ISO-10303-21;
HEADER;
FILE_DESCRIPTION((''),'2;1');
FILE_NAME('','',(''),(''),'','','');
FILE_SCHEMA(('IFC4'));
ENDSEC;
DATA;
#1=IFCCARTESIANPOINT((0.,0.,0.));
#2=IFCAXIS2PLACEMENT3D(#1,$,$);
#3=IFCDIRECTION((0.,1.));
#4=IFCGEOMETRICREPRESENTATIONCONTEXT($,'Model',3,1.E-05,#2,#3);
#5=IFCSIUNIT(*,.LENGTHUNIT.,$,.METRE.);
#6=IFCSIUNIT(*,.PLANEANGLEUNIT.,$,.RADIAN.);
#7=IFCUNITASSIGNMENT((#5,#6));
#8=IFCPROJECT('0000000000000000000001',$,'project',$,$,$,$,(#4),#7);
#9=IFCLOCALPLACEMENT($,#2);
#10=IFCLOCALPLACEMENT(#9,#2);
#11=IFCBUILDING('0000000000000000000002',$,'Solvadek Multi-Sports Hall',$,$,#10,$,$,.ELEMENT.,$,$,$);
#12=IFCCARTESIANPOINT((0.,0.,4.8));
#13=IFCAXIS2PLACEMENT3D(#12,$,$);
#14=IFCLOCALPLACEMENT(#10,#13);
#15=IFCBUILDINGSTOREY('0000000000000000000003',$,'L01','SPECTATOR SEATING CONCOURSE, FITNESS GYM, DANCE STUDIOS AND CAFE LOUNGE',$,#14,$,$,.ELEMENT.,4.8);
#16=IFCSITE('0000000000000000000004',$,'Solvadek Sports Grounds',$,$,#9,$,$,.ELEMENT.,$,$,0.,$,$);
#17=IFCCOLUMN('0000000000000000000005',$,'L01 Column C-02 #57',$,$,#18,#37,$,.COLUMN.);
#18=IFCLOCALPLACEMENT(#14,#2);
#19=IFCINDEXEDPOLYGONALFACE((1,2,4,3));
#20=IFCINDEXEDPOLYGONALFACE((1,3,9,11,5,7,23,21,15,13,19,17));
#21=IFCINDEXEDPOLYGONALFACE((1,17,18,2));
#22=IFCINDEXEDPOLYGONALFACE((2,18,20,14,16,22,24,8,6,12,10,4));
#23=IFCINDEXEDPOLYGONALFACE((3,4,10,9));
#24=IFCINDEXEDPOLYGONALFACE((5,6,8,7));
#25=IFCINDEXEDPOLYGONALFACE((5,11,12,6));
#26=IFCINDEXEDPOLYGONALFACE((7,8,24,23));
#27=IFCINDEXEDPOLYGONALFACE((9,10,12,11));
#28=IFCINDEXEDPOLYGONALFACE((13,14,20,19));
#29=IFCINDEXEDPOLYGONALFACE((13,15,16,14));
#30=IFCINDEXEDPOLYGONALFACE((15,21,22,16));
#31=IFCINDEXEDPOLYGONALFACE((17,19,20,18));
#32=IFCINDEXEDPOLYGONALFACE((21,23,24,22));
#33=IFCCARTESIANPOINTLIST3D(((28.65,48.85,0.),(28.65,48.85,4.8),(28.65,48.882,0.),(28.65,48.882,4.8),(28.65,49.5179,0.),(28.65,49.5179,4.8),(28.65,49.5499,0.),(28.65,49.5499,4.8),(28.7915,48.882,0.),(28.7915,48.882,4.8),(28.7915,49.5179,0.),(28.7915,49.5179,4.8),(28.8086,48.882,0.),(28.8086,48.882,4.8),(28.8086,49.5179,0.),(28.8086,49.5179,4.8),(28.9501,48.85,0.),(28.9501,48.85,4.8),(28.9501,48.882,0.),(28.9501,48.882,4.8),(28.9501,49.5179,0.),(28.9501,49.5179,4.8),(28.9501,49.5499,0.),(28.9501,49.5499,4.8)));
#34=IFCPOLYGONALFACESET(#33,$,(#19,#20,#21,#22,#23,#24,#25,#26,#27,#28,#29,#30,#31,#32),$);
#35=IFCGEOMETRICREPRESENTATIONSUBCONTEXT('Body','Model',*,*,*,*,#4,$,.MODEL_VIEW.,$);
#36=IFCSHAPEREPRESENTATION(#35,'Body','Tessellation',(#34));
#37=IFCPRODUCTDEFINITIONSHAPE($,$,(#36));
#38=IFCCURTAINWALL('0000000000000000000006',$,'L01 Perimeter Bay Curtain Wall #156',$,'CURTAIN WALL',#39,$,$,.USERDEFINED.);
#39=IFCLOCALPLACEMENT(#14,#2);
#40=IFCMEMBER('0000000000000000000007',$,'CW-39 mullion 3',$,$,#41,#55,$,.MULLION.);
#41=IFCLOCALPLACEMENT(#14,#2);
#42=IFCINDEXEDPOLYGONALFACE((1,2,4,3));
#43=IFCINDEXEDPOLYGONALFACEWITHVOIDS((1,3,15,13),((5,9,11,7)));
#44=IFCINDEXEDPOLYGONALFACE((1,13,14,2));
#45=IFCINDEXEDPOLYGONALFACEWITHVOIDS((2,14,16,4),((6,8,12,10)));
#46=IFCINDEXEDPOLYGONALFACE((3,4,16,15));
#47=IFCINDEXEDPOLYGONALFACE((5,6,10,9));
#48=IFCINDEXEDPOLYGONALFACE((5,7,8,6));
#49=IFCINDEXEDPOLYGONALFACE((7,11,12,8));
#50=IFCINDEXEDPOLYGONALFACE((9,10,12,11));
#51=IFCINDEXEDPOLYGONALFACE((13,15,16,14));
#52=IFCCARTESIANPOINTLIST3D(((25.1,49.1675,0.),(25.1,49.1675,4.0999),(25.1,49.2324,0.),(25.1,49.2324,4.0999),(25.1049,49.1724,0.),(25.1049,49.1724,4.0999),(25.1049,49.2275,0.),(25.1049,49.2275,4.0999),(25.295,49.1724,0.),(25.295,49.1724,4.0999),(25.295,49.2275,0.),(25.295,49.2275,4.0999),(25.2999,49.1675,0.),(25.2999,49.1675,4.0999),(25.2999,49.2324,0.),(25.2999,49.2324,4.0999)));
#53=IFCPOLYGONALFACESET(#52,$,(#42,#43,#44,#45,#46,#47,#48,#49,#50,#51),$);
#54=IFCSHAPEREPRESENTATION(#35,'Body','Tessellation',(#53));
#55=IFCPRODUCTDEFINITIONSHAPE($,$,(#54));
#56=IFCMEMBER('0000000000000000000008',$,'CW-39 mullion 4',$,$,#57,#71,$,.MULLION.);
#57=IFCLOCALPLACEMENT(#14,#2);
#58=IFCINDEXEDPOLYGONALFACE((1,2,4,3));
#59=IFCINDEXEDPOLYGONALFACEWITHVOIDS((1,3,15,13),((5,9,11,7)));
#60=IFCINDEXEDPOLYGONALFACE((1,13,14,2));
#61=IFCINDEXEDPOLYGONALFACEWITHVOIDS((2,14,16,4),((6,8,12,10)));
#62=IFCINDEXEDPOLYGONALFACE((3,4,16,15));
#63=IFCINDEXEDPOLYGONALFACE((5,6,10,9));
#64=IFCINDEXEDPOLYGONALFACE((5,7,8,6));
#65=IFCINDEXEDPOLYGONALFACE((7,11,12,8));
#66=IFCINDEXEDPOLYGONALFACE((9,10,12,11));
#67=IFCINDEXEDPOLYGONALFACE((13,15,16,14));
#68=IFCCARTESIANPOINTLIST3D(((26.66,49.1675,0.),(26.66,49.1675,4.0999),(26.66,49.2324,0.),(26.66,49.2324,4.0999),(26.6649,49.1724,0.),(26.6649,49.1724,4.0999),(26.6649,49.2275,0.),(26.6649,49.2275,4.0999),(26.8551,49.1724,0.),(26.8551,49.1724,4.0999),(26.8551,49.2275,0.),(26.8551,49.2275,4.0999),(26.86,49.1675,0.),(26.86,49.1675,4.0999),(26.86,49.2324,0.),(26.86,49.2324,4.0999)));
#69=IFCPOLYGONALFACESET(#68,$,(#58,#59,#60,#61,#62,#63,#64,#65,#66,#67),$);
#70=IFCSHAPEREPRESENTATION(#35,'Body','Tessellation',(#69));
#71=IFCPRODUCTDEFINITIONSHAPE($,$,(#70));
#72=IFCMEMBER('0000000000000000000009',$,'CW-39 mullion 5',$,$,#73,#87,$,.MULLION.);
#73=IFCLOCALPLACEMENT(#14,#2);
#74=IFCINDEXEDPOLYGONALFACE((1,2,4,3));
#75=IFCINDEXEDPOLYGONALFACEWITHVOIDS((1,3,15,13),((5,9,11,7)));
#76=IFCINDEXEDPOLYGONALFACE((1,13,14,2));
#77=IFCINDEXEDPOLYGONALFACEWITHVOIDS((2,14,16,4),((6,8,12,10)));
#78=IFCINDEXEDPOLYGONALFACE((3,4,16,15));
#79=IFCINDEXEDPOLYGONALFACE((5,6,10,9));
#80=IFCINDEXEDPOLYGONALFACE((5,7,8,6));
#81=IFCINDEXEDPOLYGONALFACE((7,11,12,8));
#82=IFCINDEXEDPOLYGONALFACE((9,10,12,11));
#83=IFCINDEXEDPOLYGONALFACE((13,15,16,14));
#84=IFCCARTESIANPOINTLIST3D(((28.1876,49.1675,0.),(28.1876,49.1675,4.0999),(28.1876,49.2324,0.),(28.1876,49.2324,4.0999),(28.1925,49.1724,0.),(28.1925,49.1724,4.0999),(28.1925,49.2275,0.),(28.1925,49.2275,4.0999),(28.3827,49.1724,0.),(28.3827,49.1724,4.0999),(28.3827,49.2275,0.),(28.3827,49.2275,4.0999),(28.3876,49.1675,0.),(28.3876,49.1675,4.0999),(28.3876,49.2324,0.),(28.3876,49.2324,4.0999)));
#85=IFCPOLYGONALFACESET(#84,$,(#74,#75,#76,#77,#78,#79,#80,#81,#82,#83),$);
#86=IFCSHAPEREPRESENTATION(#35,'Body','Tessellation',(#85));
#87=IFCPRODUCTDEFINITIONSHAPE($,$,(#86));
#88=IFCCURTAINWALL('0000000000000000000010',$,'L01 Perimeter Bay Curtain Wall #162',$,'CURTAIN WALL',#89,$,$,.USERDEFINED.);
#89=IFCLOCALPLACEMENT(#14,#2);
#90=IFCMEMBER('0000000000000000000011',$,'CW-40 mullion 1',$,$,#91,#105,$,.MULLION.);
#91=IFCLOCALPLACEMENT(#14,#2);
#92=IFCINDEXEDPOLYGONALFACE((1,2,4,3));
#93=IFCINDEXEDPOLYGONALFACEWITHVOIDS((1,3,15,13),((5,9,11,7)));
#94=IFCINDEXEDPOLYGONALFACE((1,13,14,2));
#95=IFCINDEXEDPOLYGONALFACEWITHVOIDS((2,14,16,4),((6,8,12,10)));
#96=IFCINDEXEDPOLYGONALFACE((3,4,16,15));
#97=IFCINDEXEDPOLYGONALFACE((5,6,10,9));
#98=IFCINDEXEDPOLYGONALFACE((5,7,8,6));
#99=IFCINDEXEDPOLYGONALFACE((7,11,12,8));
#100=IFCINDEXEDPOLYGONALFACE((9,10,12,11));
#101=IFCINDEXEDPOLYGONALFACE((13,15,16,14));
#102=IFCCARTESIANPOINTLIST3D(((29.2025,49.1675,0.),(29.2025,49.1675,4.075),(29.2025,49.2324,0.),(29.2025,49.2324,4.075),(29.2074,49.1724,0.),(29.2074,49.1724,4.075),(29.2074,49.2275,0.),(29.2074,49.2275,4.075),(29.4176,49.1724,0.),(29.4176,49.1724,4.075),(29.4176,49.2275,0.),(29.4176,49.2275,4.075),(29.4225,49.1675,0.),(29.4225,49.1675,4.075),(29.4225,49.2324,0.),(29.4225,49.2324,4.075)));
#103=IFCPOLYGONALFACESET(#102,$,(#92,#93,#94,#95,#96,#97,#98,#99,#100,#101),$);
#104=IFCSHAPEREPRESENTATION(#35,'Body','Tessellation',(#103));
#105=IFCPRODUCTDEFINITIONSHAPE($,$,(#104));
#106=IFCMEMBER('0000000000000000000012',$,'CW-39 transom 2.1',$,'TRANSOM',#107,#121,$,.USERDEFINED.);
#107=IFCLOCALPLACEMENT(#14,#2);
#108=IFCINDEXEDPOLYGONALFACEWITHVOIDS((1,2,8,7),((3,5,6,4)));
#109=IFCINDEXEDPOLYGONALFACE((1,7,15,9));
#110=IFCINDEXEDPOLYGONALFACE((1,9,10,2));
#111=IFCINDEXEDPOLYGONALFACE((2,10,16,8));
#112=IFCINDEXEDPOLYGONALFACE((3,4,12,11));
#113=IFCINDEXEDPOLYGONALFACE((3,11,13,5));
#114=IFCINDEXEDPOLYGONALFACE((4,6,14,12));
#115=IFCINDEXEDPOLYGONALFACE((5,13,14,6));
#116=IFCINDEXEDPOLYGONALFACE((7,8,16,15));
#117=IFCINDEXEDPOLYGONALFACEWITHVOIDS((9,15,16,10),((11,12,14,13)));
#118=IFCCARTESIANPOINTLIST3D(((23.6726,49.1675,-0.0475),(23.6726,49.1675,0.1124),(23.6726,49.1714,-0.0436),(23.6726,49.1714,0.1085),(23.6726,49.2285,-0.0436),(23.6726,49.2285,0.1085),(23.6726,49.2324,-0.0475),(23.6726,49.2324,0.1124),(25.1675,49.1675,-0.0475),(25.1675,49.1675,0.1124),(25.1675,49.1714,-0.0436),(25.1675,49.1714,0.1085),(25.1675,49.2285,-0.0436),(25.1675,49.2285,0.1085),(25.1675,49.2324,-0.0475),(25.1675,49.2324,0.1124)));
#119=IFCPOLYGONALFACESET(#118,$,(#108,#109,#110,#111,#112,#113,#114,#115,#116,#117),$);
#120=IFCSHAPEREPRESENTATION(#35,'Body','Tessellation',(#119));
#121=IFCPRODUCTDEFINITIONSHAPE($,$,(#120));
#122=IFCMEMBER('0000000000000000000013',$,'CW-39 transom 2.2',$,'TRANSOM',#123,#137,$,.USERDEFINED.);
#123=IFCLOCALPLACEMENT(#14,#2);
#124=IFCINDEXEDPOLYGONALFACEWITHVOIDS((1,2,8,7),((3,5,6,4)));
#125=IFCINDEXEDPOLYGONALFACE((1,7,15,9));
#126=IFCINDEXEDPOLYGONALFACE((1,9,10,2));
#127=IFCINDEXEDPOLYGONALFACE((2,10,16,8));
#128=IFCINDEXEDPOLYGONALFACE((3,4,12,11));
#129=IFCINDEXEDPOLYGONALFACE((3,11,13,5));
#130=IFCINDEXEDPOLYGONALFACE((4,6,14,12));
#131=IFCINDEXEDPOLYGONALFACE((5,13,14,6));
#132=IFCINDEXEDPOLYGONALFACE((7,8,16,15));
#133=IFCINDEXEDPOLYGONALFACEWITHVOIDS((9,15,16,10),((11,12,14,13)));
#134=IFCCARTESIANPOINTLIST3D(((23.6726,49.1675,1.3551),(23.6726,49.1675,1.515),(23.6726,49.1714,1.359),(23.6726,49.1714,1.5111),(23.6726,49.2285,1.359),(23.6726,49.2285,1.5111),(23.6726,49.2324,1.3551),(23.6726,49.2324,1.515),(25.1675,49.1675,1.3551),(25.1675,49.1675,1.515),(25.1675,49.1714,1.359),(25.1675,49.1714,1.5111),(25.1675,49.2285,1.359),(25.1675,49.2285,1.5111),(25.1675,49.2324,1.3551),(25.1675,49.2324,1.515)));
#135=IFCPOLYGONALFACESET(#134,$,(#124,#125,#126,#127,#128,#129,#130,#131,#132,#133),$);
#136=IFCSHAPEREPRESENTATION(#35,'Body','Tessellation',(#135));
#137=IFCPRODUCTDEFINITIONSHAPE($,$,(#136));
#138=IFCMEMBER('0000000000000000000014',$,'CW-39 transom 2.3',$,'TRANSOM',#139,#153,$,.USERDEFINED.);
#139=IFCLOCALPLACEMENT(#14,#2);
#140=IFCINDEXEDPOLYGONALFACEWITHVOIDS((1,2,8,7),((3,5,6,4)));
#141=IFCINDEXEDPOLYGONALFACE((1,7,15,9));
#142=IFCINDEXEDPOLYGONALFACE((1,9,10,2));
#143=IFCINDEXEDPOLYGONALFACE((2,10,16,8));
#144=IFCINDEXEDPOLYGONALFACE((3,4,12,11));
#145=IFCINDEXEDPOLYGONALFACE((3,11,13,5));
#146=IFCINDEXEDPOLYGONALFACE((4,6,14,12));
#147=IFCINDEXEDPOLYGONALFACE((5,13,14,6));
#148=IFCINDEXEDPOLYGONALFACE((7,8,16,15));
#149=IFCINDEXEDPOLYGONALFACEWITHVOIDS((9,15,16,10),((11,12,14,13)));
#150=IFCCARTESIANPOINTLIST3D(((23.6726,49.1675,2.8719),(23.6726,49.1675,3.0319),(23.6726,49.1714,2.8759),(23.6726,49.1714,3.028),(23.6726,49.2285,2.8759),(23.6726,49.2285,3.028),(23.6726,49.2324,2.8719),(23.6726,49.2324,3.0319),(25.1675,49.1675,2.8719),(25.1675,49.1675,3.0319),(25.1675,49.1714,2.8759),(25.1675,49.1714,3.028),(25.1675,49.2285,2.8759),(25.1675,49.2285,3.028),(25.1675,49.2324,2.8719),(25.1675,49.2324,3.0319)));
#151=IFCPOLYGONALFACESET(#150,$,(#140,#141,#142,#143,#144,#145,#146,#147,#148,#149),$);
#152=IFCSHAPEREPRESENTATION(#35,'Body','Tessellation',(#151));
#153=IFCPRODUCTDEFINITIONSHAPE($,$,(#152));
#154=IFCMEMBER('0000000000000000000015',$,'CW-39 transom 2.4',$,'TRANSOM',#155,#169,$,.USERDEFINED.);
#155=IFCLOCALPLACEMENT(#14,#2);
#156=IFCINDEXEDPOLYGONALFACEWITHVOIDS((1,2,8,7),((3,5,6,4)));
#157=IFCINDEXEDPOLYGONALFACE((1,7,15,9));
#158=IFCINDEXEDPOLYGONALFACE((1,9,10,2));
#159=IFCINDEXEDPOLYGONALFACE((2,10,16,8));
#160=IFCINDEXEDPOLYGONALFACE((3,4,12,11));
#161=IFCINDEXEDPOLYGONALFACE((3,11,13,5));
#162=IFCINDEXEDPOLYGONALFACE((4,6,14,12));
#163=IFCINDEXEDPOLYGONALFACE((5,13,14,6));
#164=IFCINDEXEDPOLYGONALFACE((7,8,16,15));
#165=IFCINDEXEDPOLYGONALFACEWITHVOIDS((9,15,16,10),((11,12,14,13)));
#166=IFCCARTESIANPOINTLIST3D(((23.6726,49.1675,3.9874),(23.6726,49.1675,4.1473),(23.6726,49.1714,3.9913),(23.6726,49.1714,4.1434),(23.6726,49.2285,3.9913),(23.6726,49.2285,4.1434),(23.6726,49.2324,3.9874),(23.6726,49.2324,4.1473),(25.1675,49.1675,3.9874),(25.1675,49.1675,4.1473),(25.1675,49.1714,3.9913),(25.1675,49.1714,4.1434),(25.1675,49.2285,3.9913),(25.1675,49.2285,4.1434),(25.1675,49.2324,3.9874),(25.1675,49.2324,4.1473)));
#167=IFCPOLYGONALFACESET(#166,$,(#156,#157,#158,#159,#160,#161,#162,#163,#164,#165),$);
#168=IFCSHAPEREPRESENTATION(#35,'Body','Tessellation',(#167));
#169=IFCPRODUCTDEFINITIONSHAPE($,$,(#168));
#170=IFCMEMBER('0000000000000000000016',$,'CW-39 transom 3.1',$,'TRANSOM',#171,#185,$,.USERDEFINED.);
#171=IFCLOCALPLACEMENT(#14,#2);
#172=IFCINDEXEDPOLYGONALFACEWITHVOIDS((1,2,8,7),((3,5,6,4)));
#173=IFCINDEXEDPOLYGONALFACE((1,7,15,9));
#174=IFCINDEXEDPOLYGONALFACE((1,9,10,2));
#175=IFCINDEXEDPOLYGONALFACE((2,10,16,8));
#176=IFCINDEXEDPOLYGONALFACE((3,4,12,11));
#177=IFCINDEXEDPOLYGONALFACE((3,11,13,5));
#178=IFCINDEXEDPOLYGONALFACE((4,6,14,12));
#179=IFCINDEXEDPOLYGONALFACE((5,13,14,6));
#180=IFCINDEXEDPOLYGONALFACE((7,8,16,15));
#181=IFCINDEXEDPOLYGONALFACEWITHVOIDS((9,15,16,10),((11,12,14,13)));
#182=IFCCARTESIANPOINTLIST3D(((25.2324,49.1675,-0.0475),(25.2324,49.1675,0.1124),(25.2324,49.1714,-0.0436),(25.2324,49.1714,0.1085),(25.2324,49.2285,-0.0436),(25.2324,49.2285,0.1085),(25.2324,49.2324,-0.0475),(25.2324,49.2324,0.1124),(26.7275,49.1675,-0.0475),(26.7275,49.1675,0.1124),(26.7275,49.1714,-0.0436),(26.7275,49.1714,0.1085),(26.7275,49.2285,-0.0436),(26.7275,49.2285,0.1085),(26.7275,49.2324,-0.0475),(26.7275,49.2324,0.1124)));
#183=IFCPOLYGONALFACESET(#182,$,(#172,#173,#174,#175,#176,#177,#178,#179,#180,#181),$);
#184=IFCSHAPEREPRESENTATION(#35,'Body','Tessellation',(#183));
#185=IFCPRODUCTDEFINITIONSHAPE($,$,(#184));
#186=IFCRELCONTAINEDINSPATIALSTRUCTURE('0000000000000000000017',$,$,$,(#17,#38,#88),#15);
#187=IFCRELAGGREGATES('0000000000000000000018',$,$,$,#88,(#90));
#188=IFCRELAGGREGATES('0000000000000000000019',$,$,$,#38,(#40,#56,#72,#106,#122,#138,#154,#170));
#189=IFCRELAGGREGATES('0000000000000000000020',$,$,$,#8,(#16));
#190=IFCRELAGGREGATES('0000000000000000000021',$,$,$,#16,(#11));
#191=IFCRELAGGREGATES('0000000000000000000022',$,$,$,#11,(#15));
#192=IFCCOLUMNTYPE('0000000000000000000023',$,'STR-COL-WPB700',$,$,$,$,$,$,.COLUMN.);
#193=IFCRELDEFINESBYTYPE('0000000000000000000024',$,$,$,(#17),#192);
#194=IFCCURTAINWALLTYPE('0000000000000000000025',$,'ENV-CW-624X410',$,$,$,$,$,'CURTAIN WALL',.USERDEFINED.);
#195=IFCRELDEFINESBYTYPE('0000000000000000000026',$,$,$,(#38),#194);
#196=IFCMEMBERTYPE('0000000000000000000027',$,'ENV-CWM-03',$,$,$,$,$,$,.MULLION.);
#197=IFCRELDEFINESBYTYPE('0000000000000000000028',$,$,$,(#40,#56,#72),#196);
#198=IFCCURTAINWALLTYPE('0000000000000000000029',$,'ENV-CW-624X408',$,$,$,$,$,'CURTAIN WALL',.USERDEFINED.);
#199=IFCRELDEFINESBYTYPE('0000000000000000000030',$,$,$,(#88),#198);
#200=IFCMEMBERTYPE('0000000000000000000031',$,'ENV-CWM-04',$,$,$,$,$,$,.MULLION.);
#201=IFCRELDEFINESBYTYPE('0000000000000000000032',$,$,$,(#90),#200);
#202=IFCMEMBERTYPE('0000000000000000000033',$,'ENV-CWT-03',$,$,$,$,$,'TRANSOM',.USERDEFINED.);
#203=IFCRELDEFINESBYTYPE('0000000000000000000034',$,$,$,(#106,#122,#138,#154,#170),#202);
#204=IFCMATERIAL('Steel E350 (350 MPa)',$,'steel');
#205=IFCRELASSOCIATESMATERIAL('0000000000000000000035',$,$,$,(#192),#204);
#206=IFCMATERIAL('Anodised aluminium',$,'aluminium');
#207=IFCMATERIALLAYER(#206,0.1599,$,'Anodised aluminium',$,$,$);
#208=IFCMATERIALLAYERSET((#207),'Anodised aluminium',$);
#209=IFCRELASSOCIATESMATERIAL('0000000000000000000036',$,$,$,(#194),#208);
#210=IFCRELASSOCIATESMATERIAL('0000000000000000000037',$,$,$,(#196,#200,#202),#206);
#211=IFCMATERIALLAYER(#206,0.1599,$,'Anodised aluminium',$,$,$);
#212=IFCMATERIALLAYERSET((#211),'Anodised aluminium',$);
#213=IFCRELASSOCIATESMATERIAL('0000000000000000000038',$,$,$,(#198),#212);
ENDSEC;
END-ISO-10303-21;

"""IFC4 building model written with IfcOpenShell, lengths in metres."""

from ifc_helpers import new_model, si_unit, direction, frame, origin, origin_2d, place, context, subcontext, project, spatial, hollow_rectangle, i_section, extrude, material, layer, layer_set, material_profile, profile_set, type_object, element, aggregate, save


model = new_model("IFC4")

# Units and contexts
model_context = context("Model", 3, precision=1e-05, world=origin(), true_north=direction((0.0, 1.0)))
body_context = subcontext(model_context, "Body", "Model", "MODEL_VIEW")
ifc_project = project(units=[si_unit("LENGTHUNIT", "METRE"), si_unit("PLANEANGLEUNIT", "RADIAN")], contexts=[model_context])

# Site, building, storey
site_placement = place(None, origin())
site = spatial("IfcSite", under=ifc_project, at=site_placement, Name="Solvadek Sports Grounds", CompositionType="ELEMENT", RefElevation=0.0)
building_placement = place(site_placement, origin())
building = spatial("IfcBuilding", under=site, at=building_placement, Name="Solvadek Multi-Sports Hall", CompositionType="ELEMENT")
storey_placement = place(building_placement, frame((0.0, 0.0, 4.8)))
storey = spatial("IfcBuildingStorey", under=building, at=storey_placement, Name="L01", Description="SPECTATOR SEATING CONCOURSE, FITNESS GYM, DANCE STUDIOS AND CAFE LOUNGE", CompositionType="ELEMENT", Elevation=4.8)

# Column
ifc_material_1 = material(Name="Steel E350 (350 MPa)", Category="steel")
ifc_material_profile_1 = material_profile(ifc_material_1, i_section(OverallWidth=0.3, OverallDepth=0.7, WebThickness=0.0171, FlangeThickness=0.032, at=origin_2d()), Name="WPB 700")
ifc_profile_set_1 = profile_set([ifc_material_profile_1], Name="Steel E350 (350 MPa)")
column_type = type_object("IfcColumnType", Name="STR-COL-WPB700", PredefinedType="COLUMN", material=ifc_profile_set_1)
column_placement = place(storey_placement, frame((28.8, 49.2, 0.0), z_axis=(0.0, 0.0, 1.0), x_axis=(1.0, 0.0, 0.0)))
element("IfcColumn", 1, at=column_placement, inside=storey, type_object=column_type, Name="L01 Column C-02 #57", PredefinedType="COLUMN", context=body_context, shape_type="SweptSolid", body=[
    extrude(i_section(OverallWidth=0.3, OverallDepth=0.7, WebThickness=0.0171, FlangeThickness=0.032, at=origin_2d()), origin(), (0.0, 0.0, 1.0), 4.8),
])

# Curtain wall, members
ifc_material_2 = material(Name="Anodised aluminium", Category="aluminium")
ifc_layer_1 = layer(ifc_material_2, 0.1599, Name="Anodised aluminium")
ifc_layer_set_1 = layer_set([ifc_layer_1], Name="Anodised aluminium")
curtain_wall_type_1 = type_object("IfcCurtainWallType", Name="ENV-CW-624X410", ElementType="CURTAIN WALL", PredefinedType="USERDEFINED", material=ifc_layer_set_1)
curtain_wall_1_placement = place(storey_placement, origin())
curtain_wall_1 = element("IfcCurtainWall", 2, at=curtain_wall_1_placement, inside=storey, type_object=curtain_wall_type_1, Name="L01 Perimeter Bay Curtain Wall #156", ObjectType="CURTAIN WALL", PredefinedType="USERDEFINED")
ifc_material_profile_2 = material_profile(ifc_material_2, hollow_rectangle(XDim=0.0649, YDim=0.2, WallThickness=0.0049, at=origin_2d()), Name="ALU-M 200x65x5")
ifc_profile_set_2 = profile_set([ifc_material_profile_2], Name="Anodised aluminium")
member_type_1 = type_object("IfcMemberType", Name="ENV-CWM-03", PredefinedType="MULLION", material=ifc_profile_set_2)
member_1_placement = place(storey_placement, frame((25.2, 49.2, 0.0), z_axis=(0.0, 0.0, 1.0), x_axis=(0.0, 1.0, 0.0)))
member_1 = element("IfcMember", 3, at=member_1_placement, type_object=member_type_1, Name="CW-39 mullion 3", PredefinedType="MULLION", context=body_context, shape_type="SweptSolid", body=[
    extrude(hollow_rectangle(XDim=0.0649, YDim=0.2, WallThickness=0.0049, at=origin_2d()), origin(), (0.0, 0.0, 1.0), 4.0999),
])
member_2_placement = place(storey_placement, frame((26.76, 49.2, 0.0), z_axis=(0.0, 0.0, 1.0), x_axis=(0.0, 1.0, 0.0)))
member_2 = element("IfcMember", 4, at=member_2_placement, type_object=member_type_1, Name="CW-39 mullion 4", PredefinedType="MULLION", context=body_context, shape_type="SweptSolid", body=[
    extrude(hollow_rectangle(XDim=0.0649, YDim=0.2, WallThickness=0.0049, at=origin_2d()), origin(), (0.0, 0.0, 1.0), 4.0999),
])
member_3_placement = place(storey_placement, frame((28.2876, 49.2, 0.0), z_axis=(0.0, 0.0, 1.0), x_axis=(0.0, 1.0, 0.0)))
member_3 = element("IfcMember", 5, at=member_3_placement, type_object=member_type_1, Name="CW-39 mullion 5", PredefinedType="MULLION", context=body_context, shape_type="SweptSolid", body=[
    extrude(hollow_rectangle(XDim=0.0649, YDim=0.2, WallThickness=0.0049, at=origin_2d()), origin(), (0.0, 0.0, 1.0), 4.0999),
])

# Curtain wall, member
ifc_layer_2 = layer(ifc_material_2, 0.1599, Name="Anodised aluminium")
ifc_layer_set_2 = layer_set([ifc_layer_2], Name="Anodised aluminium")
curtain_wall_type_2 = type_object("IfcCurtainWallType", Name="ENV-CW-624X408", ElementType="CURTAIN WALL", PredefinedType="USERDEFINED", material=ifc_layer_set_2)
curtain_wall_2_placement = place(storey_placement, origin())
curtain_wall_2 = element("IfcCurtainWall", 6, at=curtain_wall_2_placement, inside=storey, type_object=curtain_wall_type_2, Name="L01 Perimeter Bay Curtain Wall #162", ObjectType="CURTAIN WALL", PredefinedType="USERDEFINED")
ifc_material_profile_3 = material_profile(ifc_material_2, hollow_rectangle(XDim=0.0649, YDim=0.22, WallThickness=0.0049, at=origin_2d()), Name="ALU-M 220x65x5")
ifc_profile_set_3 = profile_set([ifc_material_profile_3], Name="Anodised aluminium")
member_type_2 = type_object("IfcMemberType", Name="ENV-CWM-04", PredefinedType="MULLION", material=ifc_profile_set_3)
member_4_placement = place(storey_placement, frame((29.3125, 49.2, 0.0), z_axis=(0.0, 0.0, 1.0), x_axis=(0.0, 1.0, 0.0)))
member_4 = element("IfcMember", 7, at=member_4_placement, type_object=member_type_2, Name="CW-40 mullion 1", PredefinedType="MULLION", context=body_context, shape_type="SweptSolid", body=[
    extrude(hollow_rectangle(XDim=0.0649, YDim=0.22, WallThickness=0.0049, at=origin_2d()), origin(), (0.0, 0.0, 1.0), 4.075),
])
aggregate(curtain_wall_2, [member_4])

# Members
ifc_material_profile_4 = material_profile(ifc_material_2, hollow_rectangle(XDim=0.0649, YDim=0.1599, WallThickness=0.0039, at=origin_2d()), Name="ALU-T 160x65x4")
ifc_profile_set_4 = profile_set([ifc_material_profile_4], Name="Anodised aluminium")
member_type_3 = type_object("IfcMemberType", Name="ENV-CWT-03", ElementType="TRANSOM", PredefinedType="USERDEFINED", material=ifc_profile_set_4)
member_5_placement = place(storey_placement, frame((23.6726, 49.2, 0.0325), z_axis=(1.0, 0.0, 0.0), x_axis=(0.0, 1.0, 0.0)))
member_5 = element("IfcMember", 8, at=member_5_placement, type_object=member_type_3, Name="CW-39 transom 2.1", ObjectType="TRANSOM", PredefinedType="USERDEFINED", context=body_context, shape_type="SweptSolid", body=[
    extrude(hollow_rectangle(XDim=0.0649, YDim=0.1599, WallThickness=0.0039, at=origin_2d()), origin(), (0.0, 0.0, 1.0), 1.4949),
])
member_6_placement = place(storey_placement, frame((23.6726, 49.2, 1.4351), z_axis=(1.0, 0.0, 0.0), x_axis=(0.0, 1.0, 0.0)))
member_6 = element("IfcMember", 9, at=member_6_placement, type_object=member_type_3, Name="CW-39 transom 2.2", ObjectType="TRANSOM", PredefinedType="USERDEFINED", context=body_context, shape_type="SweptSolid", body=[
    extrude(hollow_rectangle(XDim=0.0649, YDim=0.1599, WallThickness=0.0039, at=origin_2d()), origin(), (0.0, 0.0, 1.0), 1.4949),
])
member_7_placement = place(storey_placement, frame((23.6726, 49.2, 2.9519), z_axis=(1.0, 0.0, 0.0), x_axis=(0.0, 1.0, 0.0)))
member_7 = element("IfcMember", 10, at=member_7_placement, type_object=member_type_3, Name="CW-39 transom 2.3", ObjectType="TRANSOM", PredefinedType="USERDEFINED", context=body_context, shape_type="SweptSolid", body=[
    extrude(hollow_rectangle(XDim=0.0649, YDim=0.1599, WallThickness=0.0039, at=origin_2d()), origin(), (0.0, 0.0, 1.0), 1.4949),
])
member_8_placement = place(storey_placement, frame((23.6726, 49.2, 4.0674), z_axis=(1.0, 0.0, 0.0), x_axis=(0.0, 1.0, 0.0)))
member_8 = element("IfcMember", 11, at=member_8_placement, type_object=member_type_3, Name="CW-39 transom 2.4", ObjectType="TRANSOM", PredefinedType="USERDEFINED", context=body_context, shape_type="SweptSolid", body=[
    extrude(hollow_rectangle(XDim=0.0649, YDim=0.1599, WallThickness=0.0039, at=origin_2d()), origin(), (0.0, 0.0, 1.0), 1.4949),
])
member_9_placement = place(storey_placement, frame((25.2324, 49.2, 0.0325), z_axis=(1.0, 0.0, 0.0), x_axis=(0.0, 1.0, 0.0)))
member_9 = element("IfcMember", 12, at=member_9_placement, type_object=member_type_3, Name="CW-39 transom 3.1", ObjectType="TRANSOM", PredefinedType="USERDEFINED", context=body_context, shape_type="SweptSolid", body=[
    extrude(hollow_rectangle(XDim=0.0649, YDim=0.1599, WallThickness=0.0039, at=origin_2d()), origin(), (0.0, 0.0, 1.0), 1.4951),
])

aggregate(curtain_wall_1, [member_1, member_2, member_3, member_5, member_6, member_7, member_8, member_9])

save(model, "model.ifc")
